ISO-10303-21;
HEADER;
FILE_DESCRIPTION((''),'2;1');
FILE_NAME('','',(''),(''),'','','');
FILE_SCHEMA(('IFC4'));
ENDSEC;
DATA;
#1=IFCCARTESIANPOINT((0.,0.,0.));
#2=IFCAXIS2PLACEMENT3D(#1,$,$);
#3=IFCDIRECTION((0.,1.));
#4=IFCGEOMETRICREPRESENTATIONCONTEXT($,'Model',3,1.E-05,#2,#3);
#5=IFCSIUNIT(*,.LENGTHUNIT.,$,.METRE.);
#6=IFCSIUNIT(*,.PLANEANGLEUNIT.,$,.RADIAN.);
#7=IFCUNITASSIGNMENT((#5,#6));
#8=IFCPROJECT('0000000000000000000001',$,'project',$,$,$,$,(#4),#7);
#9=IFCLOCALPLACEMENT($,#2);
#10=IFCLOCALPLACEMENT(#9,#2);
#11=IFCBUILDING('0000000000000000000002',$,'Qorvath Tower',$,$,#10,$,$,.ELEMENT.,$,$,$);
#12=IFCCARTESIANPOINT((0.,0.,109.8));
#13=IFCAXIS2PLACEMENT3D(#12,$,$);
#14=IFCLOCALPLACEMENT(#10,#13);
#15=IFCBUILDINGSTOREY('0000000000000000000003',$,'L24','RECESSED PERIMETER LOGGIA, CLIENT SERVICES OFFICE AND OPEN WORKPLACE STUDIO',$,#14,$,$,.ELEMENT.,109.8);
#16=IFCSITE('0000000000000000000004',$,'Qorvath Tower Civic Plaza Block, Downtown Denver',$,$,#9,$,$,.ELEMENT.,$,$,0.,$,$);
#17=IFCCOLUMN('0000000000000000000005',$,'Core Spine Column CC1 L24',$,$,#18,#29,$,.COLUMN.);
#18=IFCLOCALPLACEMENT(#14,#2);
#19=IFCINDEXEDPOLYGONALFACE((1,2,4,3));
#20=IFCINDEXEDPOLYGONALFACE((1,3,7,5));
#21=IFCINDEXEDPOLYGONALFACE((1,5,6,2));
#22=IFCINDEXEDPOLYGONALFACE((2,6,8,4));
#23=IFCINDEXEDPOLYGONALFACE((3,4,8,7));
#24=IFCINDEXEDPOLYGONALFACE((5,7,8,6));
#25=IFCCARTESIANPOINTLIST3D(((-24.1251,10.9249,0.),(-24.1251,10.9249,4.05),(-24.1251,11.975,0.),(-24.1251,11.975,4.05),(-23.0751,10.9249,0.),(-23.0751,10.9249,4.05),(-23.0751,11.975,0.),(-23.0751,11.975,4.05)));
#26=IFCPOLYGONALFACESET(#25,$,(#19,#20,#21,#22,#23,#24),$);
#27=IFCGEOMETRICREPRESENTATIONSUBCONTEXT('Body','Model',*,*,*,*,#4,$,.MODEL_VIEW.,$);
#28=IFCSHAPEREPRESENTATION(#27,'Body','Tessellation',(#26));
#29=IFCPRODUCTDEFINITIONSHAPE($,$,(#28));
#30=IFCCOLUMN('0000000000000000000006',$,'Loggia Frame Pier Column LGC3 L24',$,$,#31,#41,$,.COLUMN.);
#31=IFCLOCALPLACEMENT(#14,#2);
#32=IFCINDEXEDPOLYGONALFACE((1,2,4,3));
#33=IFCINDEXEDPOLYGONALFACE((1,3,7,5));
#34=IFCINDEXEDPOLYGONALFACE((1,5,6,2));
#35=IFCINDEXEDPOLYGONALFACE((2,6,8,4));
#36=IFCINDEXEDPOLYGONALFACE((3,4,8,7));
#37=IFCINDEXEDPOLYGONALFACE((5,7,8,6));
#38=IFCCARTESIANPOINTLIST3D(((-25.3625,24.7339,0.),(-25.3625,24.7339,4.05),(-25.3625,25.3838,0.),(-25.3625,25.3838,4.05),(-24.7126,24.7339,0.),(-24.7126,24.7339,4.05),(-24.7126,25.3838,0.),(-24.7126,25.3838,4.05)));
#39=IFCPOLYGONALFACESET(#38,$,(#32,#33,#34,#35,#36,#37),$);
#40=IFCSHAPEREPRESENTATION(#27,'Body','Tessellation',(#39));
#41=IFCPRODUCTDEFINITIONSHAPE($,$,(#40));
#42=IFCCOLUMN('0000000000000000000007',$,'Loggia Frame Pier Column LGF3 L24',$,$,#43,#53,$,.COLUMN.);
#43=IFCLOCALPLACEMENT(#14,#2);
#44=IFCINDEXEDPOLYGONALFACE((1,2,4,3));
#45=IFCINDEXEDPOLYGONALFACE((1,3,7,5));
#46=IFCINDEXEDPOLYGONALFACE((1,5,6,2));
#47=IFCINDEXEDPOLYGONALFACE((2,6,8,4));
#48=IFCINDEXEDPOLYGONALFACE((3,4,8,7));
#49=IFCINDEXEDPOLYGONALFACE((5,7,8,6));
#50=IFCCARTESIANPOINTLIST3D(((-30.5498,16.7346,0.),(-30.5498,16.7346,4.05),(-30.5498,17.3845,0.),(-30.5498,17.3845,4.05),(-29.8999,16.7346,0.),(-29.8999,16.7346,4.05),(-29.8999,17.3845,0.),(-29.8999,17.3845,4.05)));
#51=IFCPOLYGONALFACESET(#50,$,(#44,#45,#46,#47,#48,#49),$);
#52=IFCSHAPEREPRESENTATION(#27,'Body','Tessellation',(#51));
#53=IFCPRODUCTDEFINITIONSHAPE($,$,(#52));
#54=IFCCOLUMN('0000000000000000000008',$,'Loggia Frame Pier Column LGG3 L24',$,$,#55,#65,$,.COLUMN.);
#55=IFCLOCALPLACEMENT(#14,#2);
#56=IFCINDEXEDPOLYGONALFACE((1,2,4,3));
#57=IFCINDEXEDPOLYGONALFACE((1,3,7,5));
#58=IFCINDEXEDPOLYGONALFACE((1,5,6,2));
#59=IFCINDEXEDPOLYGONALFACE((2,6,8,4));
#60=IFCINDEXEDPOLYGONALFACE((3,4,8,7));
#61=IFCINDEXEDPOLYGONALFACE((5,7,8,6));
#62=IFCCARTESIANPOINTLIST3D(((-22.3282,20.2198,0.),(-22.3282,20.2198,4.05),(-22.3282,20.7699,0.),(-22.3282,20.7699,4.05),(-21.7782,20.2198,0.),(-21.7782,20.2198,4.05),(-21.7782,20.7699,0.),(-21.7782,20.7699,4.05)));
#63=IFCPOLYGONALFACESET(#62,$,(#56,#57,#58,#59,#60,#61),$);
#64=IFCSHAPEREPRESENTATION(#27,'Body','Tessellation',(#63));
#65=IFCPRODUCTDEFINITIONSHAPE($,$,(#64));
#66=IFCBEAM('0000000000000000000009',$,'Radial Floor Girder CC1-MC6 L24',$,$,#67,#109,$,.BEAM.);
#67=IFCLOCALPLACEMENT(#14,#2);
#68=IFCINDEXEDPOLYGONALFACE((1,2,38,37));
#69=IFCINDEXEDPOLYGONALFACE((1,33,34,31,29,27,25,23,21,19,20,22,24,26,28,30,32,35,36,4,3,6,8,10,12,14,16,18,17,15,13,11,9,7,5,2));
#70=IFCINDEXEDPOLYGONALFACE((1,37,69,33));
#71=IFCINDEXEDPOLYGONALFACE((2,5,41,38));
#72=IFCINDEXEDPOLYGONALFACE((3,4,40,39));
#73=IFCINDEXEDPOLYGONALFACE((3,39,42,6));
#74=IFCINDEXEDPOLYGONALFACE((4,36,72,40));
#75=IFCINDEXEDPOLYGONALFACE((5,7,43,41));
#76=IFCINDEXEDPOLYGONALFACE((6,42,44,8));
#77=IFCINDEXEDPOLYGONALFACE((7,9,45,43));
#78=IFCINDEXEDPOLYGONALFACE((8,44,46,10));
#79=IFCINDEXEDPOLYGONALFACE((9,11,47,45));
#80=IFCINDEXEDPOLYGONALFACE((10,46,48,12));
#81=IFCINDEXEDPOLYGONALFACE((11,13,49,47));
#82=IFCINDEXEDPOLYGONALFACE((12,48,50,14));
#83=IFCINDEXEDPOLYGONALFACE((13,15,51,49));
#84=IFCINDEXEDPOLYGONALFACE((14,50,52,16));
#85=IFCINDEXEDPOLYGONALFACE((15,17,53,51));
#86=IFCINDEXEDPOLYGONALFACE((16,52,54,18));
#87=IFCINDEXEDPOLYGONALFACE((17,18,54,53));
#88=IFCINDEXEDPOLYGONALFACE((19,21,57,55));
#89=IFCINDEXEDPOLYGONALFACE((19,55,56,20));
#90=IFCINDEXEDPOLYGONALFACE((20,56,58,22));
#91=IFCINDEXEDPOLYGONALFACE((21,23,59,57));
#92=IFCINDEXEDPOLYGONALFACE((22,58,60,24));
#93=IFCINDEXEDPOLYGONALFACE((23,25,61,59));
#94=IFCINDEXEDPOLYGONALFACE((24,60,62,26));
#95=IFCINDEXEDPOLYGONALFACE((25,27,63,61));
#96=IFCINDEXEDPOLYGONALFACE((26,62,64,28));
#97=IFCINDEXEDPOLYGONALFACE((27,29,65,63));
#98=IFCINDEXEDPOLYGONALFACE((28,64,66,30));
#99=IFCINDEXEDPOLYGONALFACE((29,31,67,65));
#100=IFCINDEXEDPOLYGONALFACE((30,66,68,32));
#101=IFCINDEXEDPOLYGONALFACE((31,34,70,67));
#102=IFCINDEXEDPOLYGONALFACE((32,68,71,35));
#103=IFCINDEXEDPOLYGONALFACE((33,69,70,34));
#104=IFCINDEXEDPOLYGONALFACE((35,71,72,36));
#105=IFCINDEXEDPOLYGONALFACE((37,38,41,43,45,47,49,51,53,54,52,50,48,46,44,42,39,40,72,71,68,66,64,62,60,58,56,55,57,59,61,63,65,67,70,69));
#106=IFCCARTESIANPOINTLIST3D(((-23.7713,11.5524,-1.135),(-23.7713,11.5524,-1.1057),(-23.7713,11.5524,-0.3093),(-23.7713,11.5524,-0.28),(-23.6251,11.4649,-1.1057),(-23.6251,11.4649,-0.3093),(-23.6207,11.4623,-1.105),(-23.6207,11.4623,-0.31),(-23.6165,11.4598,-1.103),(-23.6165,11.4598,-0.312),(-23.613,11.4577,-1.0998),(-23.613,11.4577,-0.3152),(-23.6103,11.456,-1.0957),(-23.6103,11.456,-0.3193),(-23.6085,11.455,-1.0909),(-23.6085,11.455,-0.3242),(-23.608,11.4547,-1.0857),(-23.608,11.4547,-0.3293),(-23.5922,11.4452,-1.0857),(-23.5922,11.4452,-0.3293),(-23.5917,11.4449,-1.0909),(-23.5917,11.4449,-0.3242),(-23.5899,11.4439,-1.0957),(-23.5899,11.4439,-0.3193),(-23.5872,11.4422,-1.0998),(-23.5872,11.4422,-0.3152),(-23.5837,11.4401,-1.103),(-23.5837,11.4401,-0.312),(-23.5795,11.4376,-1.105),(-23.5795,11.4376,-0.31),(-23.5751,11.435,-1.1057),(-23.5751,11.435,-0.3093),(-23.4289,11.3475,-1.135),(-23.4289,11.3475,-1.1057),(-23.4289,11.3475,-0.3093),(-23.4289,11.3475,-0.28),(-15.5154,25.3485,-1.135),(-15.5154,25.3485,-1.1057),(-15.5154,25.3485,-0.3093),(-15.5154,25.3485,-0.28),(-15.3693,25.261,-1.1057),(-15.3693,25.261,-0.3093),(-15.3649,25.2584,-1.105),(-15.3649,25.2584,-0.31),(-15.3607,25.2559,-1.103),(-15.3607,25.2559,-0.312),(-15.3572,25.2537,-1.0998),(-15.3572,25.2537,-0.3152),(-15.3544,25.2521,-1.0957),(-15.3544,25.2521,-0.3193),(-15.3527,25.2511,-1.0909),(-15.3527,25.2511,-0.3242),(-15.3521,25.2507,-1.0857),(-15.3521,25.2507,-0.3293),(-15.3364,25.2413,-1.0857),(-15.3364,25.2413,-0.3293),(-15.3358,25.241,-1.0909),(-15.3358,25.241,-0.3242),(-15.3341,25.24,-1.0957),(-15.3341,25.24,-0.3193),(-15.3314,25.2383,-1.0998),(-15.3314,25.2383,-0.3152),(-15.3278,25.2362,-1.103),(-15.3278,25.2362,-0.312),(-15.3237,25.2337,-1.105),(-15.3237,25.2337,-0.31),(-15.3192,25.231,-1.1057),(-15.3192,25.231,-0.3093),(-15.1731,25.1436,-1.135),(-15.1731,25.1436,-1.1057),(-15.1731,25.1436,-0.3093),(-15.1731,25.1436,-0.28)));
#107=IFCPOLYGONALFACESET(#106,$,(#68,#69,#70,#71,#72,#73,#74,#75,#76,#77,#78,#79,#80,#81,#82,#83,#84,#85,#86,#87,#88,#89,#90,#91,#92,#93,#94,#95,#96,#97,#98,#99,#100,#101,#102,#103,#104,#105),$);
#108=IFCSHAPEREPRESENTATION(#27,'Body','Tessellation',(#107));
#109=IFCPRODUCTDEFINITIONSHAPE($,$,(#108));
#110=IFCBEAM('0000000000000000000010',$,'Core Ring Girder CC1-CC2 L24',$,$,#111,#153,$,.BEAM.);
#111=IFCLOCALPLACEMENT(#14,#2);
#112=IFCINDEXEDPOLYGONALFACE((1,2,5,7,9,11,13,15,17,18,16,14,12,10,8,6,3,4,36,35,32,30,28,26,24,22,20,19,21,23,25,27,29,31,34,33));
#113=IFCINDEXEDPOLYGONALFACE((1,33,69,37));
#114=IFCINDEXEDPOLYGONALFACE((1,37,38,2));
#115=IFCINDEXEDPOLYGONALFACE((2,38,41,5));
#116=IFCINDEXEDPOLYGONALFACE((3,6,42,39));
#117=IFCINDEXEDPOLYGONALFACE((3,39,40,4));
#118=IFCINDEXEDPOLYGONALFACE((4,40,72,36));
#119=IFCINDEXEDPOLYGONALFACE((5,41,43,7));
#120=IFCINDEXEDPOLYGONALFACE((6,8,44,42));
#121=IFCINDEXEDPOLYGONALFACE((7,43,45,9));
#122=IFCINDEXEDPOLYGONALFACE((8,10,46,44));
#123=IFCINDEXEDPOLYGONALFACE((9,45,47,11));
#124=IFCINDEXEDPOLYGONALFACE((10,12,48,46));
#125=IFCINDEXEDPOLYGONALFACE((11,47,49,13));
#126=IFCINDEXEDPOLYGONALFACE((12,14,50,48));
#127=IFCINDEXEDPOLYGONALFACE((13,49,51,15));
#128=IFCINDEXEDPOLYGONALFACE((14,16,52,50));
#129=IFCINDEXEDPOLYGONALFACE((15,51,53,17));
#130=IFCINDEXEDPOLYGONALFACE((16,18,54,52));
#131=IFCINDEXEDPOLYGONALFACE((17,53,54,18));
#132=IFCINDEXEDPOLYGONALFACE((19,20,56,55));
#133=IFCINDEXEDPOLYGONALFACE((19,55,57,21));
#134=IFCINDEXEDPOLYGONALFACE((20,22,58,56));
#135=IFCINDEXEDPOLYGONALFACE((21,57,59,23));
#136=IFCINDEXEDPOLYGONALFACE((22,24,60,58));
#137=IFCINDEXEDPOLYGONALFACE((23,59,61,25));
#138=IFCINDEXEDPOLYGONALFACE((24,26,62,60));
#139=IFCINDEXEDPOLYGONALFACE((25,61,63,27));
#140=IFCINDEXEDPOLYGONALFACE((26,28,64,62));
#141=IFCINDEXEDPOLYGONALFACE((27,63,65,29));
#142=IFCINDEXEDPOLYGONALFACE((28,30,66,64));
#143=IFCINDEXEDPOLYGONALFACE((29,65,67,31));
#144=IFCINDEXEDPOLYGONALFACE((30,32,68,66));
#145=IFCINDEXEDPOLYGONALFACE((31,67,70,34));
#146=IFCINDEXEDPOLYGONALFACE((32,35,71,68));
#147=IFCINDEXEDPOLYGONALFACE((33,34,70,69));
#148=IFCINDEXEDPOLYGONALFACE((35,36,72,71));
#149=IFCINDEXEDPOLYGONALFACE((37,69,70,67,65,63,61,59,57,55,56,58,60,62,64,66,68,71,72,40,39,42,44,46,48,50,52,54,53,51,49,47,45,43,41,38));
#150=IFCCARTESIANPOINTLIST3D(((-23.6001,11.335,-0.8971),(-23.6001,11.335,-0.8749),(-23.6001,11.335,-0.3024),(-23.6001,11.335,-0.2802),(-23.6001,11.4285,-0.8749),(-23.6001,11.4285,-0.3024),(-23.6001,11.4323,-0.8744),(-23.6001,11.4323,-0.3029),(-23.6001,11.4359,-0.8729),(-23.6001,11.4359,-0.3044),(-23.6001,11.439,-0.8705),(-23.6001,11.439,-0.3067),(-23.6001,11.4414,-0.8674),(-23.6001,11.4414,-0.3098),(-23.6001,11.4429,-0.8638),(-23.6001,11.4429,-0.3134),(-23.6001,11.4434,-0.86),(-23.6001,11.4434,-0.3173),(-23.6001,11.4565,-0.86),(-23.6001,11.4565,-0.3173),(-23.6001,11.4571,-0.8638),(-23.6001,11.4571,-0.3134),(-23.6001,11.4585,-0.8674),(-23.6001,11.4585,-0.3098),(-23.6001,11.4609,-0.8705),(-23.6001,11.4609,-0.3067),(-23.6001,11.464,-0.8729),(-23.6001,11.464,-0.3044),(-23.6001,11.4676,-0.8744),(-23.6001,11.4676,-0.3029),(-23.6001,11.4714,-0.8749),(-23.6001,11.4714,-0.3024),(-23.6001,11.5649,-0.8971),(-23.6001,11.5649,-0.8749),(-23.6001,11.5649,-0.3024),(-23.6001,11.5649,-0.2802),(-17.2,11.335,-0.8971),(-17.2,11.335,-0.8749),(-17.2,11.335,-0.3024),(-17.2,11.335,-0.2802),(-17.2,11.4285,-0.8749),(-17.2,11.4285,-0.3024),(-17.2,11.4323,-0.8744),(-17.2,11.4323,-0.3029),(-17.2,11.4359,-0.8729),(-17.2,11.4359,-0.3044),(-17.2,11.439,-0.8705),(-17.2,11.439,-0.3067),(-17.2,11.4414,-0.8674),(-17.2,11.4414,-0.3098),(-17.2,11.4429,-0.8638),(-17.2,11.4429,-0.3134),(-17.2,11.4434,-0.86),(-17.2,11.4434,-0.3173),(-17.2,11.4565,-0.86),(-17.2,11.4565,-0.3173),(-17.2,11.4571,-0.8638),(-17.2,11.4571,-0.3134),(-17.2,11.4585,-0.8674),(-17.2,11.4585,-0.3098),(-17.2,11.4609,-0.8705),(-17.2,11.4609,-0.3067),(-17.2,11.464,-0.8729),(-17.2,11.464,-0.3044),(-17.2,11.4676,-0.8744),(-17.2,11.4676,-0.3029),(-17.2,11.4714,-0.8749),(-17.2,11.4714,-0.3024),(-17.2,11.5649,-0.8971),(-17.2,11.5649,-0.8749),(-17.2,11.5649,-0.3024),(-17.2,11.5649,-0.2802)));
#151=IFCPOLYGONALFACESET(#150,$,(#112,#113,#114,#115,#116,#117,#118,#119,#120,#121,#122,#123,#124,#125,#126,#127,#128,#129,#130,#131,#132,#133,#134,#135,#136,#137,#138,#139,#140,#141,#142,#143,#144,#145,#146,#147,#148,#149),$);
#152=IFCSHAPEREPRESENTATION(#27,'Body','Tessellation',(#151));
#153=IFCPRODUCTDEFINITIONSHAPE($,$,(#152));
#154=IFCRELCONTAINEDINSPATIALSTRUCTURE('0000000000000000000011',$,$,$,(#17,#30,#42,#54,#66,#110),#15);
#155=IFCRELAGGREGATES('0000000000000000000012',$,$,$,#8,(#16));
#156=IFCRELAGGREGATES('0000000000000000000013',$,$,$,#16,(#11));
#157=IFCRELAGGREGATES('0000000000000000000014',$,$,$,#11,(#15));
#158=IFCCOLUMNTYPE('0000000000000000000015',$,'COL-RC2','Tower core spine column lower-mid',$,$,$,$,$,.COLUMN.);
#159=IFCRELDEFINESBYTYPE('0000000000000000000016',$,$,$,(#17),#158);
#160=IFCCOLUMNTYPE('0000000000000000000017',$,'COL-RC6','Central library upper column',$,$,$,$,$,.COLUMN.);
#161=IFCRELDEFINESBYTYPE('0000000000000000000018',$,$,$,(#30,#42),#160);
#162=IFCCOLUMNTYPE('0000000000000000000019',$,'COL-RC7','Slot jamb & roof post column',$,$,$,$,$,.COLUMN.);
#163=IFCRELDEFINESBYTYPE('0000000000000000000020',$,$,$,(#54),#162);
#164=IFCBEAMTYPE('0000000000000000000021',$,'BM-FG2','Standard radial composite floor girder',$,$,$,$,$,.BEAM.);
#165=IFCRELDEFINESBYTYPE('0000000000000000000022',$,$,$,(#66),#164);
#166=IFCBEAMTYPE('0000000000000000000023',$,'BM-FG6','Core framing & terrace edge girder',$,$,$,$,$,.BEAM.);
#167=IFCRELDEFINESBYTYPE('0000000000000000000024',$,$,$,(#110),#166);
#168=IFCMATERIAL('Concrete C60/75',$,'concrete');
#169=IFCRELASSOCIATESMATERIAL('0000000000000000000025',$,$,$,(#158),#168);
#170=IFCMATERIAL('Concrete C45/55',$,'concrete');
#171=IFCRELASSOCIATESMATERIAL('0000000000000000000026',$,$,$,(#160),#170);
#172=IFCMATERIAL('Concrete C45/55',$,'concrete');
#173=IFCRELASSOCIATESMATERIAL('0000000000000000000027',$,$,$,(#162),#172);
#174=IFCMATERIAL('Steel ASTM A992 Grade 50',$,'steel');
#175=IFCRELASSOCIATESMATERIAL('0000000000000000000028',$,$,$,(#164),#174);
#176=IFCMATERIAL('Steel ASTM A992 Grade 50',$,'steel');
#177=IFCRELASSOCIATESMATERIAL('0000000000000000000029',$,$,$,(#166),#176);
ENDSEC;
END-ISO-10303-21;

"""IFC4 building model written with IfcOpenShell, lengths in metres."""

from ifc_helpers import new_model, si_unit, direction, frame, origin, origin_2d, place, context, subcontext, project, spatial, rectangle, i_section, extrude, material, material_profile, profile_set, type_object, element, save


model = new_model("IFC4")

# Units and contexts
model_context = context("Model", 3, precision=1e-05, world=origin(), true_north=direction((0.0, 1.0)))
body_context = subcontext(model_context, "Body", "Model", "MODEL_VIEW")
ifc_project = project(units=[si_unit("LENGTHUNIT", "METRE"), si_unit("PLANEANGLEUNIT", "RADIAN")], contexts=[model_context])

# Site, building, storey
site_placement = place(None, origin())
site = spatial("IfcSite", under=ifc_project, at=site_placement, Name="Qorvath Tower Civic Plaza Block, Downtown Denver", CompositionType="ELEMENT", RefElevation=0.0)
building_placement = place(site_placement, origin())
building = spatial("IfcBuilding", under=site, at=building_placement, Name="Qorvath Tower", CompositionType="ELEMENT")
storey_placement = place(building_placement, frame((0.0, 0.0, 109.8)))
storey = spatial("IfcBuildingStorey", under=building, at=storey_placement, Name="L24", Description="RECESSED PERIMETER LOGGIA, CLIENT SERVICES OFFICE AND OPEN WORKPLACE STUDIO", CompositionType="ELEMENT", Elevation=109.8)

# Columns
ifc_material_1 = material(Name="Concrete C60/75", Category="concrete")
ifc_material_profile_1 = material_profile(ifc_material_1, rectangle(XDim=1.05, YDim=1.05, at=origin_2d()), Name="RC 1050x1050")
ifc_profile_set_1 = profile_set([ifc_material_profile_1], Name="Concrete C60/75")
column_type_1 = type_object("IfcColumnType", Name="COL-RC2", Description="Tower core spine column lower-mid", PredefinedType="COLUMN", material=ifc_profile_set_1)
column_1_placement = place(storey_placement, frame((-23.6001, 11.45, 0.0), z_axis=(0.0, 0.0, 1.0), x_axis=(1.0, 0.0, 0.0)))
element("IfcColumn", 1, at=column_1_placement, inside=storey, type_object=column_type_1, Name="Core Spine Column CC1 L24", PredefinedType="COLUMN", context=body_context, shape_type="SweptSolid", body=[
    extrude(rectangle(XDim=1.05, YDim=1.05, at=origin_2d()), origin(), (0.0, 0.0, 1.0), 4.05),
])
ifc_material_2 = material(Name="Concrete C45/55", Category="concrete")
ifc_material_profile_2 = material_profile(ifc_material_2, rectangle(XDim=0.6499, YDim=0.6499, at=origin_2d()), Name="RC 650x650")
ifc_profile_set_2 = profile_set([ifc_material_profile_2], Name="Concrete C45/55")
column_type_2 = type_object("IfcColumnType", Name="COL-RC6", Description="Central library upper column", PredefinedType="COLUMN", material=ifc_profile_set_2)
for number, where, z_axis, x_axis, name in (
    (2, (-25.0376, 25.0588, 0.0), (0.0, 0.0, 1.0), (1.0, 0.0, 0.0), "Loggia Frame Pier Column LGC3 L24"),
    (3, (-30.2249, 17.0596, 0.0), (0.0, 0.0, 1.0), (1.0, 0.0, 0.0), "Loggia Frame Pier Column LGF3 L24"),
):
    element("IfcColumn", number, at=place(storey_placement, frame(where, z_axis=z_axis, x_axis=x_axis)), inside=storey, type_object=column_type_2, Name=name, PredefinedType="COLUMN", context=body_context, shape_type="SweptSolid", body=[
        extrude(rectangle(XDim=0.6499, YDim=0.6499, at=origin_2d()), origin(), (0.0, 0.0, 1.0), 4.05),
    ])
ifc_material_3 = material(Name="Concrete C45/55", Category="concrete")
ifc_material_profile_3 = material_profile(ifc_material_3, rectangle(XDim=0.55, YDim=0.55, at=origin_2d()), Name="RC 550x550")
ifc_profile_set_3 = profile_set([ifc_material_profile_3], Name="Concrete C45/55")
column_type_3 = type_object("IfcColumnType", Name="COL-RC7", Description="Slot jamb & roof post column", PredefinedType="COLUMN", material=ifc_profile_set_3)
column_2_placement = place(storey_placement, frame((-22.0532, 20.4949, 0.0), z_axis=(0.0, 0.0, 1.0), x_axis=(1.0, 0.0, 0.0)))
element("IfcColumn", 4, at=column_2_placement, inside=storey, type_object=column_type_3, Name="Loggia Frame Pier Column LGG3 L24", PredefinedType="COLUMN", context=body_context, shape_type="SweptSolid", body=[
    extrude(rectangle(XDim=0.55, YDim=0.55, at=origin_2d()), origin(), (0.0, 0.0, 1.0), 4.05),
])

# Beams
ifc_material_4 = material(Name="Steel ASTM A992 Grade 50", Category="steel")
ifc_material_profile_4 = material_profile(ifc_material_4, i_section(OverallWidth=0.3989, OverallDepth=0.855, WebThickness=0.0183, FlangeThickness=0.0293, FilletRadius=0.02, at=origin_2d()), Name="W33x201")
ifc_profile_set_4 = profile_set([ifc_material_profile_4], Name="Steel ASTM A992 Grade 50")
beam_type_1 = type_object("IfcBeamType", Name="BM-FG2", Description="Standard radial composite floor girder", PredefinedType="BEAM", material=ifc_profile_set_4)
beam_1_placement = place(storey_placement, frame((-23.6001, 11.45, -0.7075), z_axis=(0.513497, 0.858091, 0.0), x_axis=(-0.858091, 0.513497, 0.0)))
element("IfcBeam", 5, at=beam_1_placement, inside=storey, type_object=beam_type_1, Name="Radial Floor Girder CC1-MC6 L24", PredefinedType="BEAM", context=body_context, shape_type="SweptSolid", body=[
    extrude(i_section(OverallWidth=0.3989, OverallDepth=0.855, WebThickness=0.0183, FlangeThickness=0.0293, FilletRadius=0.02, at=origin_2d()), origin(), (0.0, 0.0, 1.0), 16.0776),
])
ifc_material_5 = material(Name="Steel ASTM A992 Grade 50", Category="steel")
ifc_material_profile_5 = material_profile(ifc_material_5, i_section(OverallWidth=0.23, OverallDepth=0.6169, WebThickness=0.0132, FlangeThickness=0.0222, FilletRadius=0.0149, at=origin_2d()), Name="W24x94")
ifc_profile_set_5 = profile_set([ifc_material_profile_5], Name="Steel ASTM A992 Grade 50")
beam_type_2 = type_object("IfcBeamType", Name="BM-FG6", Description="Core framing & terrace edge girder", PredefinedType="BEAM", material=ifc_profile_set_5)
beam_2_placement = place(storey_placement, frame((-23.6001, 11.45, -0.5886), z_axis=(1.0, 0.0, 0.0), x_axis=(0.0, 1.0, 0.0)))
element("IfcBeam", 6, at=beam_2_placement, inside=storey, type_object=beam_type_2, Name="Core Ring Girder CC1-CC2 L24", PredefinedType="BEAM", context=body_context, shape_type="SweptSolid", body=[
    extrude(i_section(OverallWidth=0.23, OverallDepth=0.6169, WebThickness=0.0132, FlangeThickness=0.0222, FilletRadius=0.0149, at=origin_2d()), origin(), (0.0, 0.0, 1.0), 6.4001),
])

save(model, "model.ifc")
